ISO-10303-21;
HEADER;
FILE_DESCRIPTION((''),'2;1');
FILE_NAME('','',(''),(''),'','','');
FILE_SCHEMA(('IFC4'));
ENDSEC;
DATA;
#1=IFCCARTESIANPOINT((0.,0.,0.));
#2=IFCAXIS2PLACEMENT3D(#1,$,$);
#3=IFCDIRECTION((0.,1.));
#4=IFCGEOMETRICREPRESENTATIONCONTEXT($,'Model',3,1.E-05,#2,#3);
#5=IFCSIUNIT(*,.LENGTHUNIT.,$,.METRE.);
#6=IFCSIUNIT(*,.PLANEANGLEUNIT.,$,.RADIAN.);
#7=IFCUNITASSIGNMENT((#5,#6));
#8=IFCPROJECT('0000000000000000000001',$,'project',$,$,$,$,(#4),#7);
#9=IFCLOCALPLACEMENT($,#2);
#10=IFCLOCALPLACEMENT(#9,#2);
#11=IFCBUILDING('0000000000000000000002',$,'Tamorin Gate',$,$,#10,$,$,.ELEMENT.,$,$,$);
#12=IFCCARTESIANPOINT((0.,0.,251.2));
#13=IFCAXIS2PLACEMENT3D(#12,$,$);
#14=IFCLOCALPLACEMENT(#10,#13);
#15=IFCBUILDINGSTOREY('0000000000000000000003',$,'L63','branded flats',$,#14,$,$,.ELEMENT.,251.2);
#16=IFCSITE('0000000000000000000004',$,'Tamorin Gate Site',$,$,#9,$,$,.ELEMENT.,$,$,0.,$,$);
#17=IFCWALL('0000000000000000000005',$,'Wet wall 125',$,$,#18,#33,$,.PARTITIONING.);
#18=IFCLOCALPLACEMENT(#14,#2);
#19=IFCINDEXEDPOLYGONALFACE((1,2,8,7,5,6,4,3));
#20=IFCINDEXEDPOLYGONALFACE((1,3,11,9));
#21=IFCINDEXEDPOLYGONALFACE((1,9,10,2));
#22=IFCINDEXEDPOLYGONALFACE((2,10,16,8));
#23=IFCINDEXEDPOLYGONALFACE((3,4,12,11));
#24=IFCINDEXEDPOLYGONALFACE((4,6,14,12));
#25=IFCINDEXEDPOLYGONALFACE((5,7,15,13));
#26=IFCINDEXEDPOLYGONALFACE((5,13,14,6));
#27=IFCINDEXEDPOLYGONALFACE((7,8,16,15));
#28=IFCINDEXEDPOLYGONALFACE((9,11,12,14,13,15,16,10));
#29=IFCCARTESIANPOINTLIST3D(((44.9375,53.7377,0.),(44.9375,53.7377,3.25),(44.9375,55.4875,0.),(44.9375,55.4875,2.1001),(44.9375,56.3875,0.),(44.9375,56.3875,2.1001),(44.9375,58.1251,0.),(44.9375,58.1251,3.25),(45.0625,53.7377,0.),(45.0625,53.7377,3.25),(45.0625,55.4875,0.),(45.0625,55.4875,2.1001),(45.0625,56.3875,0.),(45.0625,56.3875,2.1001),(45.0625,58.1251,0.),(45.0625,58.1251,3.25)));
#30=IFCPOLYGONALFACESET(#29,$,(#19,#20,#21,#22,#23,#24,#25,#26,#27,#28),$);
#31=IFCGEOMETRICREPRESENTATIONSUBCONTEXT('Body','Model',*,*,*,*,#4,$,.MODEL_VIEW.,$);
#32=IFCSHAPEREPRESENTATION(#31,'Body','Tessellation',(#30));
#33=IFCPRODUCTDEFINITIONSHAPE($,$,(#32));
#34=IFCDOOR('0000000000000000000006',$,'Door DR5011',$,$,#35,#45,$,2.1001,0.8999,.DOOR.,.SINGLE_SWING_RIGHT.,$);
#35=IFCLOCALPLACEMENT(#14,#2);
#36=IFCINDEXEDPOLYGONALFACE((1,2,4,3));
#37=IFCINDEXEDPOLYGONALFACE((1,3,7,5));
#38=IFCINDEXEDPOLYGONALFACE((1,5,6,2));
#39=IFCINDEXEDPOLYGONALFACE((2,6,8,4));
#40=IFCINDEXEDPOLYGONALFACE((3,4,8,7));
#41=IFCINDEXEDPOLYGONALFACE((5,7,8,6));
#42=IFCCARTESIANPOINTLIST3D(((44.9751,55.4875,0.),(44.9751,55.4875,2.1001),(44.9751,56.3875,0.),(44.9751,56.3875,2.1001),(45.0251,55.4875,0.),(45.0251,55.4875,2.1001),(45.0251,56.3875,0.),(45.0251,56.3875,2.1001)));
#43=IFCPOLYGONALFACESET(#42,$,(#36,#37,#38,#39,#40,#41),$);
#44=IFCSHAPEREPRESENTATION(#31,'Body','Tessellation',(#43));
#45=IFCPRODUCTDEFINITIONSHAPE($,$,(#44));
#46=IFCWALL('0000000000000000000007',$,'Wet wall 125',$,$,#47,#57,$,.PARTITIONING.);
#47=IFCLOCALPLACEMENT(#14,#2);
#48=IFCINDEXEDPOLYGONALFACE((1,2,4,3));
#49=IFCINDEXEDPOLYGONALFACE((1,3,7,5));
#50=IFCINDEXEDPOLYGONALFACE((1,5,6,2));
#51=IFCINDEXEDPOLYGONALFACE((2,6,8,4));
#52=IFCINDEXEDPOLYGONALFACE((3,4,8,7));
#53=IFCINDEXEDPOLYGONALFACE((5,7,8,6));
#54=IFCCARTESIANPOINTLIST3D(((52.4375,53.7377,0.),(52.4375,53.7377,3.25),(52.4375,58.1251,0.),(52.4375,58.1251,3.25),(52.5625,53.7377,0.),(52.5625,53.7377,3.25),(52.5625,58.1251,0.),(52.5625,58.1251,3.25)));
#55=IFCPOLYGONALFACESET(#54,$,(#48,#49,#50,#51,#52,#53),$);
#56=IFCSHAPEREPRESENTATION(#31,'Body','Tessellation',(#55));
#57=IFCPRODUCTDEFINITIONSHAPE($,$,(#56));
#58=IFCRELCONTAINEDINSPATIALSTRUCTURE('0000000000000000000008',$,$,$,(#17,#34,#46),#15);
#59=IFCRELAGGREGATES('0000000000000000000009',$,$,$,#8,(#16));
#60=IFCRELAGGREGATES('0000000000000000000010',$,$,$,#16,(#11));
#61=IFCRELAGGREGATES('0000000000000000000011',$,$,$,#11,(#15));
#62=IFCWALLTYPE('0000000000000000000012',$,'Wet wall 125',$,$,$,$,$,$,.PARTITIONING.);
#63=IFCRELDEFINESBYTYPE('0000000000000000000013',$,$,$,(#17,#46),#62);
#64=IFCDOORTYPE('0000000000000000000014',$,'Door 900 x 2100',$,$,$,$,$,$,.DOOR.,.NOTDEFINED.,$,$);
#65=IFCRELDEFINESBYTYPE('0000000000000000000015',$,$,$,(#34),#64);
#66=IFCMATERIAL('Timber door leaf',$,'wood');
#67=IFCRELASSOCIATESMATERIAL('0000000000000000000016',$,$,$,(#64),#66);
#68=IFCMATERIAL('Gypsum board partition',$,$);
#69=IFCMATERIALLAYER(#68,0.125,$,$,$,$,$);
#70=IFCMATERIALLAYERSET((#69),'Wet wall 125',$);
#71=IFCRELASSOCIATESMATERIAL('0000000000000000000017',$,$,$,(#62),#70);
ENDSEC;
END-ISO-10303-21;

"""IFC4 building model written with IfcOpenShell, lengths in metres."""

from ifc_helpers import new_model, si_unit, direction, frame, frame_2d, origin, place, context, subcontext, project, spatial, rectangle, extrude, material, layer, layer_set, type_object, element, fill, save


model = new_model("IFC4")

# Units and contexts
model_context = context("Model", 3, precision=1e-05, world=origin(), true_north=direction((0.0, 1.0)))
body_context = subcontext(model_context, "Body", "Model", "MODEL_VIEW")
ifc_project = project(units=[si_unit("LENGTHUNIT", "METRE"), si_unit("PLANEANGLEUNIT", "RADIAN")], contexts=[model_context])

# Site, building, storey
site_placement = place(None, origin())
site = spatial("IfcSite", under=ifc_project, at=site_placement, Name="Tamorin Gate Site", CompositionType="ELEMENT", RefElevation=0.0)
building_placement = place(site_placement, origin())
building = spatial("IfcBuilding", under=site, at=building_placement, Name="Tamorin Gate", CompositionType="ELEMENT")
storey_placement = place(building_placement, frame((0.0, 0.0, 251.2)))
storey = spatial("IfcBuildingStorey", under=building, at=storey_placement, Name="L63", Description="branded flats", CompositionType="ELEMENT", Elevation=251.2)

# Shared definitions
ifc_material_1 = material(Name="Gypsum board partition")

# Shared definitions
ifc_material_2 = material(Name="Timber door leaf", Category="wood")
door_type = type_object("IfcDoorType", Name="Door 900 x 2100", OperationType="NOTDEFINED", PredefinedType="DOOR", material=ifc_material_2)

# Wall, opening, door
ifc_layer_1 = layer(ifc_material_1, 0.125)
ifc_layer_set_1 = layer_set([ifc_layer_1], Name="Wet wall 125")
wall_type_1 = type_object("IfcWallType", Name="Wet wall 125", PredefinedType="PARTITIONING", material=ifc_layer_set_1)
wall_1_placement = place(storey_placement, frame((45.0, 53.7375, 0.0), z_axis=(0.0, 0.0, 1.0), x_axis=(0.0, 1.0, 0.0)))
wall_1 = element("IfcWall", 1, at=wall_1_placement, inside=storey, type_object=wall_type_1, Name="Wet wall 125", PredefinedType="PARTITIONING", context=body_context, shape_type="SweptSolid", body=[
    extrude(rectangle(XDim=4.3875, YDim=0.125, at=frame_2d((2.1938, 0.0))), origin(), (0.0, 0.0, 1.0), 3.25),
])
opening_1_placement = place(wall_1_placement, frame((1.75, 0.0, 0.0)))
opening_1 = element("IfcOpeningElement", 2, at=opening_1_placement, cuts=wall_1, PredefinedType="OPENING", context=body_context, shape_type="SweptSolid", body=[
    extrude(rectangle(XDim=0.8999, YDim=2.1001, at=frame_2d((0.45, 1.05))), frame((0.0, 0.0725, 0.0), z_axis=(0.0, -1.0, 0.0), x_axis=(1.0, 0.0, 0.0)), (0.0, 0.0, 1.0), 0.145),
])
door_1_placement = place(opening_1_placement, origin())
door_1 = element("IfcDoor", 3, at=door_1_placement, inside=storey, type_object=door_type, Name="Door DR5011", OperationType="SINGLE_SWING_RIGHT", OverallHeight=2.1001, OverallWidth=0.8999, PredefinedType="DOOR", context=body_context, shape_type="SweptSolid", body=[
    extrude(rectangle(XDim=0.8999, YDim=2.1001, at=frame_2d((0.45, 1.05))), frame((0.0, 0.0249, 0.0), z_axis=(0.0, -1.0, 0.0), x_axis=(1.0, 0.0, 0.0)), (0.0, 0.0, 1.0), 0.05),
])
fill(opening_1, door_1)

# Wall
wall_2_placement = place(storey_placement, frame((52.5, 53.7375, 0.0), z_axis=(0.0, 0.0, 1.0), x_axis=(0.0, 1.0, 0.0)))
element("IfcWall", 4, at=wall_2_placement, inside=storey, type_object=wall_type_1, Name="Wet wall 125", PredefinedType="PARTITIONING", context=body_context, shape_type="SweptSolid", body=[
    extrude(rectangle(XDim=4.3875, YDim=0.125, at=frame_2d((2.1938, 0.0))), origin(), (0.0, 0.0, 1.0), 3.25),
])

save(model, "model.ifc")
